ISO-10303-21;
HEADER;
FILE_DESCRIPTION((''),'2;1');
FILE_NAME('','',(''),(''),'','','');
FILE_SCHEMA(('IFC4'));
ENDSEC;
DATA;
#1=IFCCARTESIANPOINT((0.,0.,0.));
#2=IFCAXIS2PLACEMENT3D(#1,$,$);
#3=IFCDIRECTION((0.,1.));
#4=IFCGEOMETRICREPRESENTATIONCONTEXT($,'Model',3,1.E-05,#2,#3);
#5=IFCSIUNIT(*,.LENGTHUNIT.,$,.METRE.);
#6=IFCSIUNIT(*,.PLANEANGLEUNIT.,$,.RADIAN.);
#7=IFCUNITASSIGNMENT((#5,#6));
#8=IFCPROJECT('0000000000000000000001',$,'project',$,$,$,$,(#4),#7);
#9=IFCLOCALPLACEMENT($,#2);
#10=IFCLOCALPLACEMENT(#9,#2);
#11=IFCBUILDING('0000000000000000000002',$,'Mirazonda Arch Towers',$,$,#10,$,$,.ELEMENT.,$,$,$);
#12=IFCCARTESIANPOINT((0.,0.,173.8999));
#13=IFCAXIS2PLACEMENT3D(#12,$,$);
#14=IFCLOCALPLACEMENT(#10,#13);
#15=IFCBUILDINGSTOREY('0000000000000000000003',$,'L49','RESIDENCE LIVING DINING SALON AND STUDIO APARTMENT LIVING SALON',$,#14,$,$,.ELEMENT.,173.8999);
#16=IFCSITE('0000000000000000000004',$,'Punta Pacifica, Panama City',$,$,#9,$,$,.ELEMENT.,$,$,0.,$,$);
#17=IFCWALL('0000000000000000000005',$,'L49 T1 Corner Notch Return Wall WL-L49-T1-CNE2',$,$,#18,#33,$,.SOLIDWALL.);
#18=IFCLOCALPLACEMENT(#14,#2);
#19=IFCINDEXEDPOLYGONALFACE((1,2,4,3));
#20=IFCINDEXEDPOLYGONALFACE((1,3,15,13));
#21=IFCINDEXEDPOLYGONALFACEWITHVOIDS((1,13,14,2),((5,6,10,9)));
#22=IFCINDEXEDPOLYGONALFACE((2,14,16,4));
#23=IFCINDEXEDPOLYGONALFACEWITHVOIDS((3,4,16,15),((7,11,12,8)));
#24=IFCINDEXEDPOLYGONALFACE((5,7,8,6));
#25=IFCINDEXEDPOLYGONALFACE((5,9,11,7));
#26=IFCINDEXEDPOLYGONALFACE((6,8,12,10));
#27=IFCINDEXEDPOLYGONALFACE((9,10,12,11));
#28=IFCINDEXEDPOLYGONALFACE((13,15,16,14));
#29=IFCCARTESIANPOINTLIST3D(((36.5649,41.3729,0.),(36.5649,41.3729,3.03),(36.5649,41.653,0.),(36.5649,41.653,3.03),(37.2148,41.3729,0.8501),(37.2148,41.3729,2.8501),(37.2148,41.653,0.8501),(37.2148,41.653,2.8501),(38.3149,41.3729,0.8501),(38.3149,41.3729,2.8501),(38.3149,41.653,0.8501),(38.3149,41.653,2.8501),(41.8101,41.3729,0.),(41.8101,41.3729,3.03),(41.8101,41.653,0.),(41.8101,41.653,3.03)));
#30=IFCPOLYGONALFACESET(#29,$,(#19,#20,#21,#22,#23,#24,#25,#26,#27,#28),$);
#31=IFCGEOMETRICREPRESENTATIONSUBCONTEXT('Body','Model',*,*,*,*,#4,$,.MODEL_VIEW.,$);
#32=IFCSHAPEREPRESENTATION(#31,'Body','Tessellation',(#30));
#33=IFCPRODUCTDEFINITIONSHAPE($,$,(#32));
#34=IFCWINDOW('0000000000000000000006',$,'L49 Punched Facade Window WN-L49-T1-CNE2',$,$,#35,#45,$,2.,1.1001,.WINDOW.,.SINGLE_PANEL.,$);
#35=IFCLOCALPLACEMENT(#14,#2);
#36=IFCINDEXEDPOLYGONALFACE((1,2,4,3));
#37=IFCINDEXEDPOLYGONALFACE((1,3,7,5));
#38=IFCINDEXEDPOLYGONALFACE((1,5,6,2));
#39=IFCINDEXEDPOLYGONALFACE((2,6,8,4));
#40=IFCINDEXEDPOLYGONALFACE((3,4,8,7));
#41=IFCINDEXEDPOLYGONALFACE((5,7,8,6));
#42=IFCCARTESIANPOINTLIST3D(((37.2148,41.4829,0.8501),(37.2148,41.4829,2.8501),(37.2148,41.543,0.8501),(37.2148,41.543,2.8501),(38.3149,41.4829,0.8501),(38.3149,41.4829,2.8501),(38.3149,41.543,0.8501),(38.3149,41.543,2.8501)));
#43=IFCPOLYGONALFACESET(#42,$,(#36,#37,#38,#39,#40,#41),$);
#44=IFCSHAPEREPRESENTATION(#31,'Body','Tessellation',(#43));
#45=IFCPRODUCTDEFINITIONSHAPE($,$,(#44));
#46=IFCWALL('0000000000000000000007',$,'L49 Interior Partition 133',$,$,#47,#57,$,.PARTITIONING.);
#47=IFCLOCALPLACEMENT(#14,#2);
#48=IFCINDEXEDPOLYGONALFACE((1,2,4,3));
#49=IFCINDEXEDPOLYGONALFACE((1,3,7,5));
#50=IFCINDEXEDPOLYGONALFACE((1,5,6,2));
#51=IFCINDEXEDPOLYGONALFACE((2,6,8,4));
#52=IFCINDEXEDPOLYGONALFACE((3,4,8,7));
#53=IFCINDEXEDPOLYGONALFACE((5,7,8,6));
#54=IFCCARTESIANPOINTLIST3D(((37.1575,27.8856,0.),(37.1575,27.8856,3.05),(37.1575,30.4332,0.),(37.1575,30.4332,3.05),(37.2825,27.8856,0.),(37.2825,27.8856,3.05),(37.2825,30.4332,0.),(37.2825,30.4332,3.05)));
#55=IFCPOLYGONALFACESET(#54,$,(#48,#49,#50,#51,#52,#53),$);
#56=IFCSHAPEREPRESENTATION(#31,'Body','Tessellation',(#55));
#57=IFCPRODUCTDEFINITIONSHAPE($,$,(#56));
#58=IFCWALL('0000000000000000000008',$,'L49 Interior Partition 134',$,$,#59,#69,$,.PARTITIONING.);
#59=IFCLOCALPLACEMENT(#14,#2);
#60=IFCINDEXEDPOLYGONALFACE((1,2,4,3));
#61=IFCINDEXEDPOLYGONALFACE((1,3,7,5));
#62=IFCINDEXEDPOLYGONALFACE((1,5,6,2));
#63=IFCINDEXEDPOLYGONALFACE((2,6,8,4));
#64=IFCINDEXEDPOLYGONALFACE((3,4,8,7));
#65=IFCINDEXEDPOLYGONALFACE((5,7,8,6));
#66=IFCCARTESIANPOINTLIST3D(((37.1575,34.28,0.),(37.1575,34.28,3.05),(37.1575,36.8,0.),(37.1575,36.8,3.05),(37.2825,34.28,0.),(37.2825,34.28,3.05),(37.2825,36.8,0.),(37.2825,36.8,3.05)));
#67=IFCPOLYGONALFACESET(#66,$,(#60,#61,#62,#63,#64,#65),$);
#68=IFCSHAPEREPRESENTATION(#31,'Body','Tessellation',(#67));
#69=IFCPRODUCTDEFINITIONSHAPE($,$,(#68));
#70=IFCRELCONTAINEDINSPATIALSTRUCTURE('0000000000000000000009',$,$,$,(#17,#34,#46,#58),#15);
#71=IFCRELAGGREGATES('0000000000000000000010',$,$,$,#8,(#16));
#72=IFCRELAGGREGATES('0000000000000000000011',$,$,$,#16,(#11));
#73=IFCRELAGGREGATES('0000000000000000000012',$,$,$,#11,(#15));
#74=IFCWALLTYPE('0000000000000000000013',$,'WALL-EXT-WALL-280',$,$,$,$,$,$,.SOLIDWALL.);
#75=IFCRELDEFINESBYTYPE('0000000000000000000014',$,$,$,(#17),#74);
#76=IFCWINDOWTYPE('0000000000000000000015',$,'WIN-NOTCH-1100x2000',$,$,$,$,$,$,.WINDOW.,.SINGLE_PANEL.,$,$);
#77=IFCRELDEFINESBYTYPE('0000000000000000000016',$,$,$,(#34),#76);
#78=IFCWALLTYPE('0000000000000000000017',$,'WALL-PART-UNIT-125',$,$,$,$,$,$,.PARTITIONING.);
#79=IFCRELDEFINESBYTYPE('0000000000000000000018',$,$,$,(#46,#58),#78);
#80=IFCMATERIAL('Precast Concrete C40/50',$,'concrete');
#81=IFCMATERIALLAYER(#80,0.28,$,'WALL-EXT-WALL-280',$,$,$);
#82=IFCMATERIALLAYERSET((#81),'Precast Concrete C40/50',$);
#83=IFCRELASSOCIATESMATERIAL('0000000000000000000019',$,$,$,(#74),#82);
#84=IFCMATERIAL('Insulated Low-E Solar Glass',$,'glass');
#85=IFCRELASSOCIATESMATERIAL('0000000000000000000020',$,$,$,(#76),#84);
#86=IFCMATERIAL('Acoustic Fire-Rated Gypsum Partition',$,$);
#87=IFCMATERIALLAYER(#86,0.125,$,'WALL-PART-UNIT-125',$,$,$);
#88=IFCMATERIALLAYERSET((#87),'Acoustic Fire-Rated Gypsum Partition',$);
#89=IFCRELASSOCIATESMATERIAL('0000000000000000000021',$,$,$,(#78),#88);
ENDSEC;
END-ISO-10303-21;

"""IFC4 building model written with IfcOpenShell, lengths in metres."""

from ifc_helpers import new_model, si_unit, direction, frame, frame_2d, origin, place, context, subcontext, project, spatial, rectangle, extrude, material, layer, layer_set, type_object, element, fill, save


model = new_model("IFC4")

# Units and contexts
model_context = context("Model", 3, precision=1e-05, world=origin(), true_north=direction((0.0, 1.0)))
body_context = subcontext(model_context, "Body", "Model", "MODEL_VIEW")
ifc_project = project(units=[si_unit("LENGTHUNIT", "METRE"), si_unit("PLANEANGLEUNIT", "RADIAN")], contexts=[model_context])

# Site, building, storey
site_placement = place(None, origin())
site = spatial("IfcSite", under=ifc_project, at=site_placement, Name="Punta Pacifica, Panama City", CompositionType="ELEMENT", RefElevation=0.0)
building_placement = place(site_placement, origin())
building = spatial("IfcBuilding", under=site, at=building_placement, Name="Mirazonda Arch Towers", CompositionType="ELEMENT")
storey_placement = place(building_placement, frame((0.0, 0.0, 173.8999)))
storey = spatial("IfcBuildingStorey", under=building, at=storey_placement, Name="L49", Description="RESIDENCE LIVING DINING SALON AND STUDIO APARTMENT LIVING SALON", CompositionType="ELEMENT", Elevation=173.8999)

# Shared definitions
ifc_material_1 = material(Name="Insulated Low-E Solar Glass", Category="glass")

# Wall, opening, window
ifc_material_2 = material(Name="Precast Concrete C40/50", Category="concrete")
ifc_layer_1 = layer(ifc_material_2, 0.28, Name="WALL-EXT-WALL-280")
ifc_layer_set_1 = layer_set([ifc_layer_1], Name="Precast Concrete C40/50")
wall_type_1 = type_object("IfcWallType", Name="WALL-EXT-WALL-280", PredefinedType="SOLIDWALL", material=ifc_layer_set_1)
window_type = type_object("IfcWindowType", Name="WIN-NOTCH-1100x2000", PartitioningType="SINGLE_PANEL", PredefinedType="WINDOW", material=ifc_material_1)
wall_1_placement = place(storey_placement, frame((41.8101, 41.5129, 0.0), z_axis=(0.0, 0.0, 1.0), x_axis=(-1.0, 0.0, 0.0)))
wall_1 = element("IfcWall", 1, at=wall_1_placement, inside=storey, type_object=wall_type_1, Name="L49 T1 Corner Notch Return Wall WL-L49-T1-CNE2", PredefinedType="SOLIDWALL", context=body_context, shape_type="SweptSolid", body=[
    extrude(rectangle(XDim=5.2451, YDim=0.28, at=frame_2d((2.6226, 0.0))), origin(), (0.0, 0.0, 1.0), 3.03),
])
opening_1_placement = place(wall_1_placement, frame((3.4951, 0.0, 0.8501)))
opening_1 = element("IfcOpeningElement", 2, at=opening_1_placement, cuts=wall_1, PredefinedType="OPENING", context=body_context, shape_type="SweptSolid", body=[
    extrude(rectangle(XDim=1.1001, YDim=2.0, at=frame_2d((0.55, 1.0))), frame((0.0, 0.1499, 0.0), z_axis=(0.0, -1.0, 0.0), x_axis=(1.0, 0.0, 0.0)), (0.0, 0.0, 1.0), 0.3),
])
window_1_placement = place(opening_1_placement, origin())
window_1 = element("IfcWindow", 3, at=window_1_placement, inside=storey, type_object=window_type, Name="L49 Punched Facade Window WN-L49-T1-CNE2", OverallHeight=2.0, OverallWidth=1.1001, PartitioningType="SINGLE_PANEL", PredefinedType="WINDOW", context=body_context, shape_type="SweptSolid", body=[
    extrude(rectangle(XDim=1.1001, YDim=2.0, at=frame_2d((0.55, 1.0))), frame((0.0, 0.03, 0.0), z_axis=(0.0, -1.0, 0.0), x_axis=(1.0, 0.0, 0.0)), (0.0, 0.0, 1.0), 0.0601),
])
fill(opening_1, window_1)

# Walls
ifc_material_3 = material(Name="Acoustic Fire-Rated Gypsum Partition")
ifc_layer_2 = layer(ifc_material_3, 0.125, Name="WALL-PART-UNIT-125")
ifc_layer_set_2 = layer_set([ifc_layer_2], Name="Acoustic Fire-Rated Gypsum Partition")
wall_type_2 = type_object("IfcWallType", Name="WALL-PART-UNIT-125", PredefinedType="PARTITIONING", material=ifc_layer_set_2)
wall_2_placement = place(storey_placement, frame((37.22, 27.8855, 0.0), z_axis=(0.0, 0.0, 1.0), x_axis=(0.0, 1.0, 0.0)))
element("IfcWall", 4, at=wall_2_placement, inside=storey, type_object=wall_type_2, Name="L49 Interior Partition 133", PredefinedType="PARTITIONING", context=body_context, shape_type="SweptSolid", body=[
    extrude(rectangle(XDim=2.5476, YDim=0.125, at=frame_2d((1.2739, 0.0))), origin(), (0.0, 0.0, 1.0), 3.05),
])
wall_3_placement = place(storey_placement, frame((37.22, 34.28, 0.0), z_axis=(0.0, 0.0, 1.0), x_axis=(0.0, 1.0, 0.0)))
element("IfcWall", 5, at=wall_3_placement, inside=storey, type_object=wall_type_2, Name="L49 Interior Partition 134", PredefinedType="PARTITIONING", context=body_context, shape_type="SweptSolid", body=[
    extrude(rectangle(XDim=2.52, YDim=0.125, at=frame_2d((1.26, 0.0))), origin(), (0.0, 0.0, 1.0), 3.05),
])

save(model, "model.ifc")
